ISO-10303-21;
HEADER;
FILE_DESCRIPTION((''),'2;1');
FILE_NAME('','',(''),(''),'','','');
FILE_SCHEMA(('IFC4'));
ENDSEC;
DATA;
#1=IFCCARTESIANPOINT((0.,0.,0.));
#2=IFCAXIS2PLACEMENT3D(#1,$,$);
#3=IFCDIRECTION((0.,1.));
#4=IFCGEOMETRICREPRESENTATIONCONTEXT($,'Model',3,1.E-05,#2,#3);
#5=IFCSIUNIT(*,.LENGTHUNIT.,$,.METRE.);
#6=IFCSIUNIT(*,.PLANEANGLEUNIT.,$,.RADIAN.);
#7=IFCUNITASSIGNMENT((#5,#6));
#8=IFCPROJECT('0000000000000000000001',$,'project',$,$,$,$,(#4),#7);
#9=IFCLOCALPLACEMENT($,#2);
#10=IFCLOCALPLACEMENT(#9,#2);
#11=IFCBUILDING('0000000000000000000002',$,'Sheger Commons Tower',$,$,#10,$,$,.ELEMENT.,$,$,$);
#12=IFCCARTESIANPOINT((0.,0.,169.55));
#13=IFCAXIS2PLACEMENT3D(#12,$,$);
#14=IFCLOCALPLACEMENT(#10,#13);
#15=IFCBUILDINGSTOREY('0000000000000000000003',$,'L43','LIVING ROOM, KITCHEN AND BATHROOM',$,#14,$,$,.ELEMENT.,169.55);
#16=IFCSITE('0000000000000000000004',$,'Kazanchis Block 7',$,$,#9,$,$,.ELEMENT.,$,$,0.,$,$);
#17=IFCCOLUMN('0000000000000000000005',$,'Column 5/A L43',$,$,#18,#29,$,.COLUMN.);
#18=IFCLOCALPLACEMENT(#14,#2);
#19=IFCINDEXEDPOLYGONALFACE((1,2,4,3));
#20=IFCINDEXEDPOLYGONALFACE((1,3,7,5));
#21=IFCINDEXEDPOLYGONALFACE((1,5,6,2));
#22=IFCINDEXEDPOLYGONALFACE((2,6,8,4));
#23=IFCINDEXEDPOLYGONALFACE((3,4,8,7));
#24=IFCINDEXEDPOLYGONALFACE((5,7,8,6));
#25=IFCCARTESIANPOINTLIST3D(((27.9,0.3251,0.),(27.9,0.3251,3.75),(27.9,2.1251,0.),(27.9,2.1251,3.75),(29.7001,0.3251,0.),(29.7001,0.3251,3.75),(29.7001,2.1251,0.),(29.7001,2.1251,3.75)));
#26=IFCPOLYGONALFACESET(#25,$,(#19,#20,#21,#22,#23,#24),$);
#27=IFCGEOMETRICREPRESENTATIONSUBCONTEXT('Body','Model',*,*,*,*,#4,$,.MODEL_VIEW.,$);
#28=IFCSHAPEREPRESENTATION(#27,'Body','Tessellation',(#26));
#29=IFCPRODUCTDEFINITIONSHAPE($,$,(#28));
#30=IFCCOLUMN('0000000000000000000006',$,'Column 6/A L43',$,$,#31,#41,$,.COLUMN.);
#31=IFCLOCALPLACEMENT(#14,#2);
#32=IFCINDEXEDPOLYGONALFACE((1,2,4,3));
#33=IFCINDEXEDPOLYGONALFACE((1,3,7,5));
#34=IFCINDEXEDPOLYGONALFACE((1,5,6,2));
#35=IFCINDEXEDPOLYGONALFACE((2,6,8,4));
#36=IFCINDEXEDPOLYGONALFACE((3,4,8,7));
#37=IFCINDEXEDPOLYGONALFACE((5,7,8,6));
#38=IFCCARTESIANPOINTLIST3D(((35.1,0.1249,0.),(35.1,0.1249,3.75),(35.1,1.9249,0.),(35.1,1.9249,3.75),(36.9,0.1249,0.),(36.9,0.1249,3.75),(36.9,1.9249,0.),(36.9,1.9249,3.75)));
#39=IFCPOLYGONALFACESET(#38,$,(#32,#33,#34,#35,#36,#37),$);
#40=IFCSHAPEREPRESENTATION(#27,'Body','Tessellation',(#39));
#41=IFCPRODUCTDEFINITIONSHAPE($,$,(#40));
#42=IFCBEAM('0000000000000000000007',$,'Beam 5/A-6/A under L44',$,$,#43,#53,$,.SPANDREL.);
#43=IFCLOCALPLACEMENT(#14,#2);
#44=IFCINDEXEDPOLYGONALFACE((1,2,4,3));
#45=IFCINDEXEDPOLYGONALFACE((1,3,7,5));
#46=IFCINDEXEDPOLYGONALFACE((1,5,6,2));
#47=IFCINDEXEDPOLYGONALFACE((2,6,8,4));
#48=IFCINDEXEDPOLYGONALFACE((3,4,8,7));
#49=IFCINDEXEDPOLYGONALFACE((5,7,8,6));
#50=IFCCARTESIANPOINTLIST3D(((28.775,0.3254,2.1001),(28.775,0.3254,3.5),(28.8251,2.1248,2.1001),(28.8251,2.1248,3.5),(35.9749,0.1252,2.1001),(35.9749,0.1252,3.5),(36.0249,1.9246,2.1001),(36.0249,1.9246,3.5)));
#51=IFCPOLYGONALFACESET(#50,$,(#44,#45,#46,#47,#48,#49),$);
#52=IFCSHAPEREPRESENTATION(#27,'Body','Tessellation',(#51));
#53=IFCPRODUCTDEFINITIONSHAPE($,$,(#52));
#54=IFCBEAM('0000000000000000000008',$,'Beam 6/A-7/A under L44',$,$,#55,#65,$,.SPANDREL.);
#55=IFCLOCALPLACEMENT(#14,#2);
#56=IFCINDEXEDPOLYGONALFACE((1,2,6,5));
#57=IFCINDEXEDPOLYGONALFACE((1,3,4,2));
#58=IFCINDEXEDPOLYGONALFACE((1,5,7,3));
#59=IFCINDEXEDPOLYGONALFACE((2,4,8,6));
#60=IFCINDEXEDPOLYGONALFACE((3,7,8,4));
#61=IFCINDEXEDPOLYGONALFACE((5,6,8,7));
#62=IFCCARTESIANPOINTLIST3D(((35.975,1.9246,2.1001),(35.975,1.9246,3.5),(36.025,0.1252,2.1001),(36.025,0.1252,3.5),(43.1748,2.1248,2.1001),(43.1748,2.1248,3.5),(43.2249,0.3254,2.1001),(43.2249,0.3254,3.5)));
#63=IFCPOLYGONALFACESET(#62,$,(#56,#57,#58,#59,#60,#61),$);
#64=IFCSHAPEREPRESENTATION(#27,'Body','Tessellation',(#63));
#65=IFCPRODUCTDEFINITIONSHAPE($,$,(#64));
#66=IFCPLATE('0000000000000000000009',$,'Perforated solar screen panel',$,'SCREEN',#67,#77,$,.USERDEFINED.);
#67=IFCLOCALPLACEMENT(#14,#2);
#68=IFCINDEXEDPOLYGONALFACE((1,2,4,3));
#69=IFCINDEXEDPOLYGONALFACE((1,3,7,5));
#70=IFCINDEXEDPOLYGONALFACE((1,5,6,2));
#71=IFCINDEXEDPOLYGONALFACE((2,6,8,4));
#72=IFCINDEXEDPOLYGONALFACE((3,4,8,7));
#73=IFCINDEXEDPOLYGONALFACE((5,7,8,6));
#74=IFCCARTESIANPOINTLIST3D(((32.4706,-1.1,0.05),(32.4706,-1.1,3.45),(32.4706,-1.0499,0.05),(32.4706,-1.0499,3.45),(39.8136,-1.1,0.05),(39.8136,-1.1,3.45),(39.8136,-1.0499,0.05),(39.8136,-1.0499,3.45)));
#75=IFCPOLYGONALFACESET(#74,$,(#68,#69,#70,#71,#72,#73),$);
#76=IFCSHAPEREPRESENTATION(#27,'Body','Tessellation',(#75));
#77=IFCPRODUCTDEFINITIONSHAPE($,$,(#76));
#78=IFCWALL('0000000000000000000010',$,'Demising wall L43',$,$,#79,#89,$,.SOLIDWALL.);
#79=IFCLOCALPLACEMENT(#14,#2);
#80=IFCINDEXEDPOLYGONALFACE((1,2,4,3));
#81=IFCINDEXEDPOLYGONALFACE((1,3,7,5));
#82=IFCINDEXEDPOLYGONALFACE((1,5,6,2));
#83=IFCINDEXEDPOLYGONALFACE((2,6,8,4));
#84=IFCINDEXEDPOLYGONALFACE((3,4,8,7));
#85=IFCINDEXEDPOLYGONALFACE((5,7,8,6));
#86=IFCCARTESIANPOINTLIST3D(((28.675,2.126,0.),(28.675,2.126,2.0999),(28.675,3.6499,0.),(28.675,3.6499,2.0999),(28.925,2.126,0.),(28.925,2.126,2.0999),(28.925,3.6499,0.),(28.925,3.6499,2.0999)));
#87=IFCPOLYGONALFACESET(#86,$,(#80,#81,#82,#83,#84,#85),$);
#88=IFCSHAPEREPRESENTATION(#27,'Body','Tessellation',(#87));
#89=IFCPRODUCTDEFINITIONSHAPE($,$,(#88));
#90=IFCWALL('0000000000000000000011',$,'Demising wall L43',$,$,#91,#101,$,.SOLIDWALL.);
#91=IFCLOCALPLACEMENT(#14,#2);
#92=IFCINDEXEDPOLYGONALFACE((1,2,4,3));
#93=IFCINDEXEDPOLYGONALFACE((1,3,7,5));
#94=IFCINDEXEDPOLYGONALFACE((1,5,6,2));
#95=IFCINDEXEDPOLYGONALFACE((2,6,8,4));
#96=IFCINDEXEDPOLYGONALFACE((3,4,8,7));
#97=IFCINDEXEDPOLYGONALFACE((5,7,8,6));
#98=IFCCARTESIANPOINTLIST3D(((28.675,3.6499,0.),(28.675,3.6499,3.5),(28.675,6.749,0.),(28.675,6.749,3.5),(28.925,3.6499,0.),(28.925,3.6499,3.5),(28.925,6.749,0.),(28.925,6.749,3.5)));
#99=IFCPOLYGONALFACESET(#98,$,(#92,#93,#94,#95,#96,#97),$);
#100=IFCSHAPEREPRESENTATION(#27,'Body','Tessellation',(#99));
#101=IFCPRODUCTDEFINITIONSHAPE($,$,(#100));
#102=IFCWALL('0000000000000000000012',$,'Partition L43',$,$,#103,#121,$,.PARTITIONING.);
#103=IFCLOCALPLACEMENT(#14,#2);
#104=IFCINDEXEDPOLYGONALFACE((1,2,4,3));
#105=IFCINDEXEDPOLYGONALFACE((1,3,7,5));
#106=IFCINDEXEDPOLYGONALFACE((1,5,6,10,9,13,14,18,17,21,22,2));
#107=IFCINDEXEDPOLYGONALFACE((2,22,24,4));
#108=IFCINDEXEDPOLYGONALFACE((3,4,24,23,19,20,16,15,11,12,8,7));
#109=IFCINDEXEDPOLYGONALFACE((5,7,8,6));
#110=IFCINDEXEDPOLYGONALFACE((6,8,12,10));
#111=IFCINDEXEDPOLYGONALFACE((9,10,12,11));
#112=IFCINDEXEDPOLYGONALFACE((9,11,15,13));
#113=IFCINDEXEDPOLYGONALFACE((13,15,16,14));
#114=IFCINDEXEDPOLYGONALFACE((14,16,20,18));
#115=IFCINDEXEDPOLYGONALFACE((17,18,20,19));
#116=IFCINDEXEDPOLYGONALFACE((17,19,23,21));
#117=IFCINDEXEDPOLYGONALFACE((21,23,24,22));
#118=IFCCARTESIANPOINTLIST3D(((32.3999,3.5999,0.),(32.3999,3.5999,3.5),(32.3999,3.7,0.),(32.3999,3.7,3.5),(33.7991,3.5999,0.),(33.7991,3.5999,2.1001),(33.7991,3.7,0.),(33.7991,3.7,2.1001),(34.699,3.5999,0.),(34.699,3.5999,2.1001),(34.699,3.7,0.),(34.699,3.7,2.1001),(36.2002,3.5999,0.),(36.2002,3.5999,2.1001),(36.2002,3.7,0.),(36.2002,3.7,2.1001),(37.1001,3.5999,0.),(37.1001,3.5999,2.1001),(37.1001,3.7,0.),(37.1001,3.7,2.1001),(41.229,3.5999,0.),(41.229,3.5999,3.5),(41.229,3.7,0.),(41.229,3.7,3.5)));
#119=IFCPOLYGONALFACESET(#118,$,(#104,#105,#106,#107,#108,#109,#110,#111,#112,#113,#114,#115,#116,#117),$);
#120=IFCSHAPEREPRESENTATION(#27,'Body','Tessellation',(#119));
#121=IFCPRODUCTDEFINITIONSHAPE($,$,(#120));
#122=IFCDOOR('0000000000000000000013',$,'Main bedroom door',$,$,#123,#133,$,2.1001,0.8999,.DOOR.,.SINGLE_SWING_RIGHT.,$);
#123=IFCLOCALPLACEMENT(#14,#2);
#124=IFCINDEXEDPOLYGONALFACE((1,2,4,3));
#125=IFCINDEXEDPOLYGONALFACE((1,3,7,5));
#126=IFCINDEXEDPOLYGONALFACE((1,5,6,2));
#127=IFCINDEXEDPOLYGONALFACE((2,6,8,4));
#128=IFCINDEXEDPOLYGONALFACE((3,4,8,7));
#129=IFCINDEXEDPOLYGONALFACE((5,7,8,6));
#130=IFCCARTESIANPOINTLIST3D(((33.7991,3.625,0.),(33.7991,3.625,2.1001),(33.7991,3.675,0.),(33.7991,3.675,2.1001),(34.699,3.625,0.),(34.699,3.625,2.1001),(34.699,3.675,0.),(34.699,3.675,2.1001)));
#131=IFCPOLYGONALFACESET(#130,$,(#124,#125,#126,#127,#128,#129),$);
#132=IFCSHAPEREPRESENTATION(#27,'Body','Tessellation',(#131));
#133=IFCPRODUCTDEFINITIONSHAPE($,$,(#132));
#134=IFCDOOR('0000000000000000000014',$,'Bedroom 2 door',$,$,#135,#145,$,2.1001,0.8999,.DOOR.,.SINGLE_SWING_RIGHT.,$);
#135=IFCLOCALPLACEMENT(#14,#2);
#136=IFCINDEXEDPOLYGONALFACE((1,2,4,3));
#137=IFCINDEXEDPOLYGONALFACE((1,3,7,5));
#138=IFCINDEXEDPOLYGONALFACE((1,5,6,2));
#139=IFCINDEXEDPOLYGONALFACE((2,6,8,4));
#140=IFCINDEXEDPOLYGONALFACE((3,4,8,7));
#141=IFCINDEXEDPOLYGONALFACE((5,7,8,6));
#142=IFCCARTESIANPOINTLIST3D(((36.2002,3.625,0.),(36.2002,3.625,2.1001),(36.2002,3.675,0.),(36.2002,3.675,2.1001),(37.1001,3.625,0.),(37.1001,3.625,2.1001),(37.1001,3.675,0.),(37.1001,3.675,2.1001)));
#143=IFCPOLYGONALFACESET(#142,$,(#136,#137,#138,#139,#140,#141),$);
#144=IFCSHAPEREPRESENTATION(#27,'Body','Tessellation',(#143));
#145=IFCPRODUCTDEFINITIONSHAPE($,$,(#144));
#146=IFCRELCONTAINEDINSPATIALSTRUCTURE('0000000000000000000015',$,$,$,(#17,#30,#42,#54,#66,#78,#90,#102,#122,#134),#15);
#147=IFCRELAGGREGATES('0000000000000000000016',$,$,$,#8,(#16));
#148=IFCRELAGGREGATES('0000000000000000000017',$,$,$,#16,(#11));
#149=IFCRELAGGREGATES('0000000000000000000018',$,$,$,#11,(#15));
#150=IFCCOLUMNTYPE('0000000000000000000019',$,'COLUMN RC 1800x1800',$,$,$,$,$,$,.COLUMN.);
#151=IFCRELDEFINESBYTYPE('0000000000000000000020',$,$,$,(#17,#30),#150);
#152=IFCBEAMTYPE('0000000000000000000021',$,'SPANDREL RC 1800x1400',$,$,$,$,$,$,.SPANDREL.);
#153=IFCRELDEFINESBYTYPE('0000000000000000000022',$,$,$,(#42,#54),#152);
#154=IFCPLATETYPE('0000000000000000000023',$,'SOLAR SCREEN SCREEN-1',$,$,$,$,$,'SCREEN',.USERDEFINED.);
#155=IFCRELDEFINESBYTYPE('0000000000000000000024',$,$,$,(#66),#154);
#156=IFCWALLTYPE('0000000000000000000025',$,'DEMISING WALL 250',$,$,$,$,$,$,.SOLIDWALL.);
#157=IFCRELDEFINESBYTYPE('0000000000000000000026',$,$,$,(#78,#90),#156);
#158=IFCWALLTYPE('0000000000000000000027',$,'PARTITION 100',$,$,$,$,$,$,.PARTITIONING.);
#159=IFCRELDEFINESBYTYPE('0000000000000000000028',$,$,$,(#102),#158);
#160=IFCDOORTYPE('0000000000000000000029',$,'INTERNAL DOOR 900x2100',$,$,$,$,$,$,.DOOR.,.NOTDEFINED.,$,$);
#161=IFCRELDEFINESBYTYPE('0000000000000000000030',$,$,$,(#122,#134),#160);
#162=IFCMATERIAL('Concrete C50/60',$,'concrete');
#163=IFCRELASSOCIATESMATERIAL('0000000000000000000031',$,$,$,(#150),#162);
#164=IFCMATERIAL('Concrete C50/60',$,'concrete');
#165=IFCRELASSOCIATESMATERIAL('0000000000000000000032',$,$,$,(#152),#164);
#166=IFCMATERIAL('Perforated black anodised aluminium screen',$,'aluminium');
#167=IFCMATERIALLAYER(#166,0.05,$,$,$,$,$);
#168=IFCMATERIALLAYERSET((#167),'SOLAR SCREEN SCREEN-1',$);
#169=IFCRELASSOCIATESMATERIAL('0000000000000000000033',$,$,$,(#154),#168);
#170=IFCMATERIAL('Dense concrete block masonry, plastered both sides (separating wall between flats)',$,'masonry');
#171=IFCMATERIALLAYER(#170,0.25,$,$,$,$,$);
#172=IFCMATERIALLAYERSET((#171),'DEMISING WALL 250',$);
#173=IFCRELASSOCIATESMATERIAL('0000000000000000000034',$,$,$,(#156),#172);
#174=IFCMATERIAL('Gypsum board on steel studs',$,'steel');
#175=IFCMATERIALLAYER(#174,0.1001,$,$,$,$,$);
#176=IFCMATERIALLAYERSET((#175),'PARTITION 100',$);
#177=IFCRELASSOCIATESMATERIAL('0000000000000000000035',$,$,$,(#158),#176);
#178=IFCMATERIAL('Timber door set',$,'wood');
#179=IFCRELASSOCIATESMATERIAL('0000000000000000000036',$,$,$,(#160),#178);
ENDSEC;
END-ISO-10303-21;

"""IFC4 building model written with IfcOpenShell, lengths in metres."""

from ifc_helpers import new_model, si_unit, direction, frame, frame_2d, origin, origin_2d, place, context, subcontext, project, spatial, rectangle, extrude, material, layer, layer_set, material_profile, profile_set, type_object, element, fill, save


model = new_model("IFC4")

# Units and contexts
model_context = context("Model", 3, precision=1e-05, world=origin(), true_north=direction((0.0, 1.0)))
body_context = subcontext(model_context, "Body", "Model", "MODEL_VIEW")
ifc_project = project(units=[si_unit("LENGTHUNIT", "METRE"), si_unit("PLANEANGLEUNIT", "RADIAN")], contexts=[model_context])

# Site, building, storey
site_placement = place(None, origin())
site = spatial("IfcSite", under=ifc_project, at=site_placement, Name="Kazanchis Block 7", CompositionType="ELEMENT", RefElevation=0.0)
building_placement = place(site_placement, origin())
building = spatial("IfcBuilding", under=site, at=building_placement, Name="Sheger Commons Tower", CompositionType="ELEMENT")
storey_placement = place(building_placement, frame((0.0, 0.0, 169.55)))
storey = spatial("IfcBuildingStorey", under=building, at=storey_placement, Name="L43", Description="LIVING ROOM, KITCHEN AND BATHROOM", CompositionType="ELEMENT", Elevation=169.55)

# Columns
ifc_material_1 = material(Name="Concrete C50/60", Category="concrete")
ifc_material_profile_1 = material_profile(ifc_material_1, rectangle(XDim=1.8, YDim=1.8, at=origin_2d()), Name="RC 1800x1800")
ifc_profile_set_1 = profile_set([ifc_material_profile_1], Name="Concrete C50/60")
column_type = type_object("IfcColumnType", Name="COLUMN RC 1800x1800", PredefinedType="COLUMN", material=ifc_profile_set_1)
for number, where, z_axis, x_axis, name in (
    (1, (28.8, 1.2251, 0.0), (0.0, 0.0, 1.0), (1.0, 0.0, 0.0), "Column 5/A L43"),
    (2, (36.0, 1.0249, 0.0), (0.0, 0.0, 1.0), (1.0, 0.0, 0.0), "Column 6/A L43"),
):
    element("IfcColumn", number, at=place(storey_placement, frame(where, z_axis=z_axis, x_axis=x_axis)), inside=storey, type_object=column_type, Name=name, PredefinedType="COLUMN", context=body_context, shape_type="SweptSolid", body=[
        extrude(rectangle(XDim=1.8, YDim=1.8, at=origin_2d()), origin(), (0.0, 0.0, 1.0), 3.75),
    ])

# Beams
ifc_material_2 = material(Name="Concrete C50/60", Category="concrete")
ifc_material_profile_2 = material_profile(ifc_material_2, rectangle(XDim=1.8, YDim=1.3999, at=origin_2d()), Name="RC 1800x1400")
ifc_profile_set_2 = profile_set([ifc_material_profile_2], Name="Concrete C50/60")
beam_type = type_object("IfcBeamType", Name="SPANDREL RC 1800x1400", PredefinedType="SPANDREL", material=ifc_profile_set_2)
for number, where, z_axis, x_axis, name in (
    (3, (28.8, 1.2251, 2.8), (0.999614, -0.027794, 0.0), (0.027794, 0.999614, 0.0), "Beam 5/A-6/A under L44"),
    (4, (36.0, 1.0249, 2.8), (0.999614, 0.027794, 0.0), (-0.027794, 0.999614, 0.0), "Beam 6/A-7/A under L44"),
):
    element("IfcBeam", number, at=place(storey_placement, frame(where, z_axis=z_axis, x_axis=x_axis)), inside=storey, type_object=beam_type, Name=name, PredefinedType="SPANDREL", context=body_context, shape_type="SweptSolid", body=[
        extrude(rectangle(XDim=1.8, YDim=1.3999, at=origin_2d()), origin(), (0.0, 0.0, 1.0), 7.2026),
    ])

# Plate
ifc_material_3 = material(Name="Perforated black anodised aluminium screen", Category="aluminium")
ifc_layer_1 = layer(ifc_material_3, 0.05)
ifc_layer_set_1 = layer_set([ifc_layer_1], Name="SOLAR SCREEN SCREEN-1")
plate_type = type_object("IfcPlateType", Name="SOLAR SCREEN SCREEN-1", ElementType="SCREEN", PredefinedType="USERDEFINED", material=ifc_layer_set_1)
plate_placement = place(storey_placement, frame((36.1421, -1.075, 0.05), z_axis=(0.0, 0.0, 1.0), x_axis=(1.0, 0.0, 0.0)))
element("IfcPlate", 5, at=plate_placement, inside=storey, type_object=plate_type, Name="Perforated solar screen panel", ObjectType="SCREEN", PredefinedType="USERDEFINED", context=body_context, shape_type="SweptSolid", body=[
    extrude(rectangle(XDim=7.343, YDim=0.05, at=origin_2d()), origin(), (0.0, 0.0, 1.0), 3.3999),
])

# Walls
ifc_material_4 = material(Name="Dense concrete block masonry, plastered both sides (separating wall between flats)", Category="masonry")
ifc_layer_2 = layer(ifc_material_4, 0.25)
ifc_layer_set_2 = layer_set([ifc_layer_2], Name="DEMISING WALL 250")
wall_type_1 = type_object("IfcWallType", Name="DEMISING WALL 250", PredefinedType="SOLIDWALL", material=ifc_layer_set_2)
wall_1_placement = place(storey_placement, frame((28.8, 2.126, 0.0), z_axis=(0.0, 0.0, 1.0), x_axis=(0.0, 1.0, 0.0)))
element("IfcWall", 6, at=wall_1_placement, inside=storey, type_object=wall_type_1, Name="Demising wall L43", PredefinedType="SOLIDWALL", context=body_context, shape_type="SweptSolid", body=[
    extrude(rectangle(XDim=1.5239, YDim=0.25, at=frame_2d((0.762, 0.0))), origin(), (0.0, 0.0, 1.0), 2.0999),
])
wall_2_placement = place(storey_placement, frame((28.8, 3.6499, 0.0), z_axis=(0.0, 0.0, 1.0), x_axis=(0.0, 1.0, 0.0)))
element("IfcWall", 7, at=wall_2_placement, inside=storey, type_object=wall_type_1, Name="Demising wall L43", PredefinedType="SOLIDWALL", context=body_context, shape_type="SweptSolid", body=[
    extrude(rectangle(XDim=3.0991, YDim=0.25, at=frame_2d((1.5496, 0.0))), origin(), (0.0, 0.0, 1.0), 3.5),
])

# Wall, openings, doors
ifc_material_5 = material(Name="Gypsum board on steel studs", Category="steel")
ifc_layer_3 = layer(ifc_material_5, 0.1001)
ifc_layer_set_3 = layer_set([ifc_layer_3], Name="PARTITION 100")
wall_type_2 = type_object("IfcWallType", Name="PARTITION 100", PredefinedType="PARTITIONING", material=ifc_layer_set_3)
wall_3_placement = place(storey_placement, frame((41.229, 3.6499, 0.0), z_axis=(0.0, 0.0, 1.0), x_axis=(-1.0, 0.0, 0.0)))
wall_3 = element("IfcWall", 8, at=wall_3_placement, inside=storey, type_object=wall_type_2, Name="Partition L43", PredefinedType="PARTITIONING", context=body_context, shape_type="SweptSolid", body=[
    extrude(rectangle(XDim=8.8291, YDim=0.1001, at=frame_2d((4.4146, 0.0))), origin(), (0.0, 0.0, 1.0), 3.5),
])
opening_1_placement = place(wall_3_placement, frame((6.53, 0.0, 0.0)))
opening_1 = element("IfcOpeningElement", 9, at=opening_1_placement, cuts=wall_3, PredefinedType="OPENING", context=body_context, shape_type="SweptSolid", body=[
    extrude(rectangle(XDim=0.8999, YDim=2.1001, at=frame_2d((0.45, 1.05))), frame((0.0, 0.0601, 0.0), z_axis=(0.0, -1.0, 0.0), x_axis=(1.0, 0.0, 0.0)), (0.0, 0.0, 1.0), 0.1201),
])
opening_2_placement = place(wall_3_placement, frame((4.1289, 0.0, 0.0)))
opening_2 = element("IfcOpeningElement", 10, at=opening_2_placement, cuts=wall_3, PredefinedType="OPENING", context=body_context, shape_type="SweptSolid", body=[
    extrude(rectangle(XDim=0.8999, YDim=2.1001, at=frame_2d((0.45, 1.05))), frame((0.0, 0.0601, 0.0), z_axis=(0.0, -1.0, 0.0), x_axis=(1.0, 0.0, 0.0)), (0.0, 0.0, 1.0), 0.1201),
])
ifc_material_6 = material(Name="Timber door set", Category="wood")
door_type = type_object("IfcDoorType", Name="INTERNAL DOOR 900x2100", OperationType="NOTDEFINED", PredefinedType="DOOR", material=ifc_material_6)
door_1_placement = place(opening_1_placement, origin())
door_1 = element("IfcDoor", 11, at=door_1_placement, inside=storey, type_object=door_type, Name="Main bedroom door", OperationType="SINGLE_SWING_RIGHT", OverallHeight=2.1001, OverallWidth=0.8999, PredefinedType="DOOR", context=body_context, shape_type="SweptSolid", body=[
    extrude(rectangle(XDim=0.8999, YDim=2.1001, at=frame_2d((0.45, 1.05))), frame((0.0, 0.0249, 0.0), z_axis=(0.0, -1.0, 0.0), x_axis=(1.0, 0.0, 0.0)), (0.0, 0.0, 1.0), 0.05),
])
fill(opening_1, door_1)
door_2_placement = place(opening_2_placement, origin())
door_2 = element("IfcDoor", 12, at=door_2_placement, inside=storey, type_object=door_type, Name="Bedroom 2 door", OperationType="SINGLE_SWING_RIGHT", OverallHeight=2.1001, OverallWidth=0.8999, PredefinedType="DOOR", context=body_context, shape_type="SweptSolid", body=[
    extrude(rectangle(XDim=0.8999, YDim=2.1001, at=frame_2d((0.45, 1.05))), frame((0.0, 0.0249, 0.0), z_axis=(0.0, -1.0, 0.0), x_axis=(1.0, 0.0, 0.0)), (0.0, 0.0, 1.0), 0.05),
])
fill(opening_2, door_2)

save(model, "model.ifc")
